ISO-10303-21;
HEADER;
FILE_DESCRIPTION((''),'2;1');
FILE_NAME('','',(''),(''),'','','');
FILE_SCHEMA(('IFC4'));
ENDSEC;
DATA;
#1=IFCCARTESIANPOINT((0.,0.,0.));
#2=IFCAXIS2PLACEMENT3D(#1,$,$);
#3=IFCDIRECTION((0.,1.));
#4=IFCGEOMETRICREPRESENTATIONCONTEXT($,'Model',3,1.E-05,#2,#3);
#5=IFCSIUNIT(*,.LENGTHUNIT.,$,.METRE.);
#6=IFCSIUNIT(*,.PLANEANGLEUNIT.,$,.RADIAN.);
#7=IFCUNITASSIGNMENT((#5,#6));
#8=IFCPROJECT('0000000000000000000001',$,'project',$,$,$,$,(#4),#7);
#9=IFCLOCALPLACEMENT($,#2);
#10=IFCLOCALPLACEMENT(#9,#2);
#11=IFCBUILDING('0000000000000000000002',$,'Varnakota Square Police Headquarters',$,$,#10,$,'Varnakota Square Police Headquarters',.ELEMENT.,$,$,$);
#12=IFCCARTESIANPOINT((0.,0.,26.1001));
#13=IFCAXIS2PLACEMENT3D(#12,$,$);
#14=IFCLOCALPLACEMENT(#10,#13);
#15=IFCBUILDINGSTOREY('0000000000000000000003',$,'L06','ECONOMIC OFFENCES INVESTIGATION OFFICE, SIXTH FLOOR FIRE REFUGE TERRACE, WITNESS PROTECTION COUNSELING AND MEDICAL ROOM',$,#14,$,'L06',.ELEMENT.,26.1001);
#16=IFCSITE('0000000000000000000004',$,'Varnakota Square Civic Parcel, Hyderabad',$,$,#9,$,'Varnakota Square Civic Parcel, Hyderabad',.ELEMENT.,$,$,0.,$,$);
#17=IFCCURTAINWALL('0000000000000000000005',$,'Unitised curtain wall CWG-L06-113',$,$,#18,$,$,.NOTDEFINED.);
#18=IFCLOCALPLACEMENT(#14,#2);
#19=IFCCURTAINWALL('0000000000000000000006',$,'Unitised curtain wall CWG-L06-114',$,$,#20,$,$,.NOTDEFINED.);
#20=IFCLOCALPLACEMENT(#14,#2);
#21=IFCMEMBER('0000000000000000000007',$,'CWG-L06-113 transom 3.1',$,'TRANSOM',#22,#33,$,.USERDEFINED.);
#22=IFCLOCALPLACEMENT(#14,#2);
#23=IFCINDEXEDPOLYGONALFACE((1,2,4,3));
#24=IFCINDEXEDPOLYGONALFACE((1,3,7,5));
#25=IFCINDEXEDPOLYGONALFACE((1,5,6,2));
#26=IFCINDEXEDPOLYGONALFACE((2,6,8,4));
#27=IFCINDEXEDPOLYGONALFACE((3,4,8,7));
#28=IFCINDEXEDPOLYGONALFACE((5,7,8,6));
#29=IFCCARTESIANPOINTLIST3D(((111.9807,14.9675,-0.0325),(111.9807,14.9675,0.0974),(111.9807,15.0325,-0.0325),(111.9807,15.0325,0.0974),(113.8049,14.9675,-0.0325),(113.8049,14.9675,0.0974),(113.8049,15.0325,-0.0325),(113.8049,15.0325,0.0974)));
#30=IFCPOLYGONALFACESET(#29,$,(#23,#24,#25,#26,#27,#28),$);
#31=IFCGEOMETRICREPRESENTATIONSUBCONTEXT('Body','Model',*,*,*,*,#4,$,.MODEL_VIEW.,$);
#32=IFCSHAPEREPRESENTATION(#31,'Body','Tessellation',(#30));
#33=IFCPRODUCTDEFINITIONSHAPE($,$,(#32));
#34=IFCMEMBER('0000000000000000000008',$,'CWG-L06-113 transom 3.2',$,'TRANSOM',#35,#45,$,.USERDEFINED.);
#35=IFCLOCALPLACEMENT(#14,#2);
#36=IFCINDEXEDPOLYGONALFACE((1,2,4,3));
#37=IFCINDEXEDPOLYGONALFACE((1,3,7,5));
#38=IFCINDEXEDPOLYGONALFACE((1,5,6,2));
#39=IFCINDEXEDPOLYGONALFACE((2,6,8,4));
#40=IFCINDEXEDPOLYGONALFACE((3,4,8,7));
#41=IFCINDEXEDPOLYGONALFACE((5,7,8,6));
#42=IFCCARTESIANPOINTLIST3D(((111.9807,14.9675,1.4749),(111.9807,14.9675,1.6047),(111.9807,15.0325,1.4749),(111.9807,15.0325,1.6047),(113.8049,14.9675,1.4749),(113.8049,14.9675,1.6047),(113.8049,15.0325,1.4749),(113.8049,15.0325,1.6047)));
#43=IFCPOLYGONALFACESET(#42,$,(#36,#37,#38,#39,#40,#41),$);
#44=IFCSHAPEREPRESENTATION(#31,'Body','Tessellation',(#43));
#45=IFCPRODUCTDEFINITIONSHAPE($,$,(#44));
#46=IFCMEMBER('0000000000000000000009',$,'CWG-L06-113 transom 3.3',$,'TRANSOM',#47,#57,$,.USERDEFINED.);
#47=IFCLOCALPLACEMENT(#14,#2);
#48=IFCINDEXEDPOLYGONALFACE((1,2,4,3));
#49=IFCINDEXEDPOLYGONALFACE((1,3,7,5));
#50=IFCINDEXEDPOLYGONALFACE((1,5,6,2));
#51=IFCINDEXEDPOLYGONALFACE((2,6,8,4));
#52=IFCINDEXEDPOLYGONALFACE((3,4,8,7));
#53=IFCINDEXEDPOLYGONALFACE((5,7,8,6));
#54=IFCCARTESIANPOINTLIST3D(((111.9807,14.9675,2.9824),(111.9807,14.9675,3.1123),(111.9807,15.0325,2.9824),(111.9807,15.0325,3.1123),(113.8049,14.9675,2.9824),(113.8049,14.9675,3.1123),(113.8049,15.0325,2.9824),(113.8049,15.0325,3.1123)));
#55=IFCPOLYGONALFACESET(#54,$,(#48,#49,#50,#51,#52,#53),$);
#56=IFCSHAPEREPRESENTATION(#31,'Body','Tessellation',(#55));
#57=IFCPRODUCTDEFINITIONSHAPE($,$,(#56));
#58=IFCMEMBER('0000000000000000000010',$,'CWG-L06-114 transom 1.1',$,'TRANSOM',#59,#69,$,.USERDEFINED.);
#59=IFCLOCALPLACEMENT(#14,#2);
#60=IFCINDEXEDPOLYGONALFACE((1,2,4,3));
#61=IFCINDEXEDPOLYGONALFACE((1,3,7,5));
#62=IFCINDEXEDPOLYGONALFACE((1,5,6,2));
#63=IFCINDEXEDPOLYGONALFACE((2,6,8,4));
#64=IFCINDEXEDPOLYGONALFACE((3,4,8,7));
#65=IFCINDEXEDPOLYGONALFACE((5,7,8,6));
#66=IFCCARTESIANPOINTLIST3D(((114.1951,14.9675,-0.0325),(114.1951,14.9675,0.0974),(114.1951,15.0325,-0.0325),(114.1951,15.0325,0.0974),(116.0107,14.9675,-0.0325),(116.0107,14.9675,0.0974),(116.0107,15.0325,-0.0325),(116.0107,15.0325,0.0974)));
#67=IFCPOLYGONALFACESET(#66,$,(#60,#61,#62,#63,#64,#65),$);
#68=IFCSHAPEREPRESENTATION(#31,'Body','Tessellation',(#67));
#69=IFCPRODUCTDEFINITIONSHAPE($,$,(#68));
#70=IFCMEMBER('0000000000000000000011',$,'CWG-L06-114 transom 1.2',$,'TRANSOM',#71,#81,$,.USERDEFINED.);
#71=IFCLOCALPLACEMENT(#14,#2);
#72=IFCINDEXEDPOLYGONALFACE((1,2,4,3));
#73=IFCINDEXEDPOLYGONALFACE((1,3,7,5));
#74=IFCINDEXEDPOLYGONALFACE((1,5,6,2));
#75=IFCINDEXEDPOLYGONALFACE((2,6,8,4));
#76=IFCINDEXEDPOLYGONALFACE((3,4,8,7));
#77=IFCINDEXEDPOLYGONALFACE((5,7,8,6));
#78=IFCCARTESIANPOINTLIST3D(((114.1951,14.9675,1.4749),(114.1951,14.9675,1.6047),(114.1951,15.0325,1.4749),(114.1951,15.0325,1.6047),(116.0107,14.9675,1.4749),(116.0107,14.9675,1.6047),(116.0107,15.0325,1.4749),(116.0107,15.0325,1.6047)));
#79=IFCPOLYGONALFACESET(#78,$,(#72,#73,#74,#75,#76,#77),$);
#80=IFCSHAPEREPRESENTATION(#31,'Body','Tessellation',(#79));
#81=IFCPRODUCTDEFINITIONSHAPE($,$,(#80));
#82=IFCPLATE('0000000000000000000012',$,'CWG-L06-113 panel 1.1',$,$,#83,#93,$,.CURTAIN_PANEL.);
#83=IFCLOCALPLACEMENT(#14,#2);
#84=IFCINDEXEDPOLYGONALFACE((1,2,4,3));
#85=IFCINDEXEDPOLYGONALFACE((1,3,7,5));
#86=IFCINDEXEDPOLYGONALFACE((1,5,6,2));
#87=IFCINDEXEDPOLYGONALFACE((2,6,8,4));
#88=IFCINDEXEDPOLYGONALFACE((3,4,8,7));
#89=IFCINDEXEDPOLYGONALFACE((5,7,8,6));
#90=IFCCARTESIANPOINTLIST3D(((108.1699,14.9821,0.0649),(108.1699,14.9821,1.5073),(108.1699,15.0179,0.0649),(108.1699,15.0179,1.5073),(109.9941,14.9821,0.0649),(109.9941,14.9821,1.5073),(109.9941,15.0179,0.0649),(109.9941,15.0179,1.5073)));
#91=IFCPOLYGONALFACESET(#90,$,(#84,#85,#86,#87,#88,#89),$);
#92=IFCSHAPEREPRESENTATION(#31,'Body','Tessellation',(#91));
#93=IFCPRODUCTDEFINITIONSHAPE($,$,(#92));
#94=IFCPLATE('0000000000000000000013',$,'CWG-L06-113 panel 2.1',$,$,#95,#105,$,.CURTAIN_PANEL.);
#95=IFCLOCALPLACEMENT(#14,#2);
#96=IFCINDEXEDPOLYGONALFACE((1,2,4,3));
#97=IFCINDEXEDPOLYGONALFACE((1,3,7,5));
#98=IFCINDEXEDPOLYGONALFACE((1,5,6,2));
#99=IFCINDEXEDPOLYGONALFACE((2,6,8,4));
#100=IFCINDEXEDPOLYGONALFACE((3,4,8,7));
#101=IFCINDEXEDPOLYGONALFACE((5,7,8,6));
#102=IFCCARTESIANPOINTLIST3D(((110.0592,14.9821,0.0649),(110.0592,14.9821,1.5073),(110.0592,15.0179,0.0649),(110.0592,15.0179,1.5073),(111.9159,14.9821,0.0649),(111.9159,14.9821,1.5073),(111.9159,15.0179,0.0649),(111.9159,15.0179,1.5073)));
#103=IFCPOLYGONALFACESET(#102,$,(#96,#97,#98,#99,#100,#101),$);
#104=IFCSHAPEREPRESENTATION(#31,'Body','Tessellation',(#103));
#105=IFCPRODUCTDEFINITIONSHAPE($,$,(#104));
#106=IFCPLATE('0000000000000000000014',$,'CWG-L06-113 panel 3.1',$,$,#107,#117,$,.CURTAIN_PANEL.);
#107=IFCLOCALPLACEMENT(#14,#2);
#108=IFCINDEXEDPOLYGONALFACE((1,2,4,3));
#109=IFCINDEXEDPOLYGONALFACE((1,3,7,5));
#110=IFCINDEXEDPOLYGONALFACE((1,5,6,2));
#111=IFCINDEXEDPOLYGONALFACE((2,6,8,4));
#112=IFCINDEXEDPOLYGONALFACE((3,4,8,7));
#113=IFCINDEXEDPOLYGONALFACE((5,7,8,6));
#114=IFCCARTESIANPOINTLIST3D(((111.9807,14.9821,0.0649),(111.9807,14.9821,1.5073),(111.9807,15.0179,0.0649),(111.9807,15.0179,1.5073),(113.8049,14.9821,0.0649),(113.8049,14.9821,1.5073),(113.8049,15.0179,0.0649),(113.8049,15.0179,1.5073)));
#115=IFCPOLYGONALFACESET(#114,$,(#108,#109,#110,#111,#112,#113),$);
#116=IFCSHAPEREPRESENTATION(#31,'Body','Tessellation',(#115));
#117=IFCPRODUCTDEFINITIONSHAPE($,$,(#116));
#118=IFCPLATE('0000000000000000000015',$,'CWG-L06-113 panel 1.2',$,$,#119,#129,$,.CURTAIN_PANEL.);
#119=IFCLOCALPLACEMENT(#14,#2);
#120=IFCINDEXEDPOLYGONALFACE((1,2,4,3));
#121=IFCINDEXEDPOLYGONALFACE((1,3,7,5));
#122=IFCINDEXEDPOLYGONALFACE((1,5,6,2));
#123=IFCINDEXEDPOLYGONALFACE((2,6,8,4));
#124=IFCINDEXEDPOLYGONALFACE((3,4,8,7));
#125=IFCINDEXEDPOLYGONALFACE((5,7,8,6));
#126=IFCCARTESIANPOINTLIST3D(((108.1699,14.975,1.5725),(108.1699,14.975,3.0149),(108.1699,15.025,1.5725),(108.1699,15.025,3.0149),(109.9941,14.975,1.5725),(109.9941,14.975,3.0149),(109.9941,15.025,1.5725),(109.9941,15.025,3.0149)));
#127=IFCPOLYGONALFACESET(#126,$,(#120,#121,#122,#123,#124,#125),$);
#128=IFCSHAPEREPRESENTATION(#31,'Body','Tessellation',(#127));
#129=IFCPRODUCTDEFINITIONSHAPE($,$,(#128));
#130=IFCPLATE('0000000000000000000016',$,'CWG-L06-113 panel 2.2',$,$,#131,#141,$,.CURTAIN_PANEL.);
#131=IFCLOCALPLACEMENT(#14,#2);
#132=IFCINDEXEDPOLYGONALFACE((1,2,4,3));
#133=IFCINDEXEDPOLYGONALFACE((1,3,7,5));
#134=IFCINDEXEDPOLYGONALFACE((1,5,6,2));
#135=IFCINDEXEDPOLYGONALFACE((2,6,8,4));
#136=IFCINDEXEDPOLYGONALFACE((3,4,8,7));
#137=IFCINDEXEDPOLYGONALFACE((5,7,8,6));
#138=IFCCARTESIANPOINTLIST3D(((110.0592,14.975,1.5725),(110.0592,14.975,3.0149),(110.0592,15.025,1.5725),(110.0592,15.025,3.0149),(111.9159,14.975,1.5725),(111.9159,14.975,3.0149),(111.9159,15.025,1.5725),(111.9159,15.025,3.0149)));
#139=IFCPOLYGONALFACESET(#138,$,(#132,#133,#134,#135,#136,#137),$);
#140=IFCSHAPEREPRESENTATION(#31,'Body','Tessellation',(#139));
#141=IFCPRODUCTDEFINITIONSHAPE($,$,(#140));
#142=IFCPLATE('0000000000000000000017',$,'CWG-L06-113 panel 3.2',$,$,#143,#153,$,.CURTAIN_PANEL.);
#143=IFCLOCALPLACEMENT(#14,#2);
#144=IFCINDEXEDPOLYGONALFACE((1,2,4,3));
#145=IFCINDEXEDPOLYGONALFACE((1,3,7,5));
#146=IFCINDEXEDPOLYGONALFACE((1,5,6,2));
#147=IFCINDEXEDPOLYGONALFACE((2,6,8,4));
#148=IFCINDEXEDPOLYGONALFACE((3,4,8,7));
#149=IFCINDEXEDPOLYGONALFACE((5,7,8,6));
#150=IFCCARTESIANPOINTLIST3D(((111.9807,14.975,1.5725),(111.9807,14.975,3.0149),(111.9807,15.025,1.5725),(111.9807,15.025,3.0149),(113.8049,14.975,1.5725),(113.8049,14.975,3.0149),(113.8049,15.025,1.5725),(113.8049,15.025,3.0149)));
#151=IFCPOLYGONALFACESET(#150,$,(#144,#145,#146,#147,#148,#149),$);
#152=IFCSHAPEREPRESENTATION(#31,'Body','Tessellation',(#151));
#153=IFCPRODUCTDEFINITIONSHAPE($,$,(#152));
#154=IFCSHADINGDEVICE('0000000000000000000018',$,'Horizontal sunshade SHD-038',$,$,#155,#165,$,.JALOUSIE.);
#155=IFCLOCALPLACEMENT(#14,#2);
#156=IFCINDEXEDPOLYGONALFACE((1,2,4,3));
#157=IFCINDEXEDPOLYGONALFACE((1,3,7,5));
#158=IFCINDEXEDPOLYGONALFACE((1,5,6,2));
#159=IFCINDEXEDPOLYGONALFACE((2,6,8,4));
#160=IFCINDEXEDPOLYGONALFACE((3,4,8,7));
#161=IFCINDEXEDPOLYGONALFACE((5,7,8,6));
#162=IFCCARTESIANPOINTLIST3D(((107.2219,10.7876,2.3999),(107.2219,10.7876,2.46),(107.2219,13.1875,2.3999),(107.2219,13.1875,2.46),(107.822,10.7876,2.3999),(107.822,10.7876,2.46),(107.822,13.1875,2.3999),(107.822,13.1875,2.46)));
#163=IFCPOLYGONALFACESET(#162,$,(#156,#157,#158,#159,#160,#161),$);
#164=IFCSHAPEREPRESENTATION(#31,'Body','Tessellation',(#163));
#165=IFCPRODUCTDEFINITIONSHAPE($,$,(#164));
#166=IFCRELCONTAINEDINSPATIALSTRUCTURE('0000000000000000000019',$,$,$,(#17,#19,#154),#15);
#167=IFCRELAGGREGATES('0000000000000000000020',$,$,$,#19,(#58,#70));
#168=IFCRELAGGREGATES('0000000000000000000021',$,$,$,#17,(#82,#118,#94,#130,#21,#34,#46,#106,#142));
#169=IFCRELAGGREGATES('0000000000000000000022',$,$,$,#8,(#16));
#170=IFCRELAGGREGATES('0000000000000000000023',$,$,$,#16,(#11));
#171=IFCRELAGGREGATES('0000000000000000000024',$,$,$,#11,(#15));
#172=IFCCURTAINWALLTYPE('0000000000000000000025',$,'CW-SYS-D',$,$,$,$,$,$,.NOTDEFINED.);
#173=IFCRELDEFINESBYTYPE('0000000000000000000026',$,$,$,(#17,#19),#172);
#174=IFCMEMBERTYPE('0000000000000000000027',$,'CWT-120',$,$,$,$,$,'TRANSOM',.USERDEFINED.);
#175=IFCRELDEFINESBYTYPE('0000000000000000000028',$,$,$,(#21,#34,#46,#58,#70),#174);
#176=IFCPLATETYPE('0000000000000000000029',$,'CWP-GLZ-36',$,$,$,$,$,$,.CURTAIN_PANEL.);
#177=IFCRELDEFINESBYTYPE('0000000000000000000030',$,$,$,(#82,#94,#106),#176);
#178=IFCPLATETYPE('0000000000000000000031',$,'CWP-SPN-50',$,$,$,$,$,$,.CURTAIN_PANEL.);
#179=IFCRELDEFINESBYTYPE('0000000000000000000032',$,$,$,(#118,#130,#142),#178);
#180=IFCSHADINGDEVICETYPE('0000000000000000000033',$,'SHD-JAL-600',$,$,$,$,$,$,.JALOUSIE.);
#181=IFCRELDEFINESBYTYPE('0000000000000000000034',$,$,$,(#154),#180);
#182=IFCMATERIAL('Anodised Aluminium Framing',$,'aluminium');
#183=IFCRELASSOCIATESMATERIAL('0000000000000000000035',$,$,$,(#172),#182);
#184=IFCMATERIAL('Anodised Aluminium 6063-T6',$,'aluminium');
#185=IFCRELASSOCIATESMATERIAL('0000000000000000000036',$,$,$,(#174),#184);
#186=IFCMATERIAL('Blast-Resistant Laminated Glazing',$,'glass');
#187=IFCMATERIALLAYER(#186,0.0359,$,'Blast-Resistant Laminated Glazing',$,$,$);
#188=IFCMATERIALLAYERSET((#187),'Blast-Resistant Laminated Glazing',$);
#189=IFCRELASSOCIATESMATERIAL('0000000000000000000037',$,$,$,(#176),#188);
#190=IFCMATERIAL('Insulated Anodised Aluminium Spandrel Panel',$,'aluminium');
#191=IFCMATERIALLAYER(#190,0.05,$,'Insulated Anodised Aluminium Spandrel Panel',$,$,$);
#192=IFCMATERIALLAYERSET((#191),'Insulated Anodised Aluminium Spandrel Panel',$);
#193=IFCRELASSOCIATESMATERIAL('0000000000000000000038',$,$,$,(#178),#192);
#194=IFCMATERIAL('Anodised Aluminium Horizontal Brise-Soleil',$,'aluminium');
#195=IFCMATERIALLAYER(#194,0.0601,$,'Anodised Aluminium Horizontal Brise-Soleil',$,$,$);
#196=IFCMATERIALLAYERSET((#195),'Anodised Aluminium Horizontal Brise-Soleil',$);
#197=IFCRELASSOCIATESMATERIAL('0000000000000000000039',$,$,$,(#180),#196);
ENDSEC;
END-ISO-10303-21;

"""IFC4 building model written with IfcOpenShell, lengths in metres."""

from ifc_helpers import new_model, si_unit, direction, frame, origin, origin_2d, place, context, subcontext, project, spatial, rectangle, extrude, material, layer, layer_set, material_profile, profile_set, type_object, element, aggregate, save


model = new_model("IFC4")

# Units and contexts
model_context = context("Model", 3, precision=1e-05, world=origin(), true_north=direction((0.0, 1.0)))
body_context = subcontext(model_context, "Body", "Model", "MODEL_VIEW")
ifc_project = project(units=[si_unit("LENGTHUNIT", "METRE"), si_unit("PLANEANGLEUNIT", "RADIAN")], contexts=[model_context])

# Site, building, storey
site_placement = place(None, origin())
site = spatial("IfcSite", under=ifc_project, at=site_placement, Name="Varnakota Square Civic Parcel, Hyderabad", LongName="Varnakota Square Civic Parcel, Hyderabad", CompositionType="ELEMENT", RefElevation=0.0)
building_placement = place(site_placement, origin())
building = spatial("IfcBuilding", under=site, at=building_placement, Name="Varnakota Square Police Headquarters", LongName="Varnakota Square Police Headquarters", CompositionType="ELEMENT")
storey_placement = place(building_placement, frame((0.0, 0.0, 26.1001)))
storey = spatial("IfcBuildingStorey", under=building, at=storey_placement, Name="L06", Description="ECONOMIC OFFENCES INVESTIGATION OFFICE, SIXTH FLOOR FIRE REFUGE TERRACE, WITNESS PROTECTION COUNSELING AND MEDICAL ROOM", LongName="L06", CompositionType="ELEMENT", Elevation=26.1001)

# Curtain wall
ifc_material_1 = material(Name="Anodised Aluminium Framing", Category="aluminium")
curtain_wall_type = type_object("IfcCurtainWallType", Name="CW-SYS-D", PredefinedType="NOTDEFINED", material=ifc_material_1)
curtain_wall_1_placement = place(storey_placement, origin())
curtain_wall_1 = element("IfcCurtainWall", 1, at=curtain_wall_1_placement, inside=storey, type_object=curtain_wall_type, Name="Unitised curtain wall CWG-L06-113", PredefinedType="NOTDEFINED")
ifc_material_2 = material(Name="Anodised Aluminium 6063-T6", Category="aluminium")

# Curtain wall
curtain_wall_2_placement = place(storey_placement, origin())
curtain_wall_2 = element("IfcCurtainWall", 2, at=curtain_wall_2_placement, inside=storey, type_object=curtain_wall_type, Name="Unitised curtain wall CWG-L06-114", PredefinedType="NOTDEFINED")

# Members
ifc_material_profile_1 = material_profile(ifc_material_2, rectangle(XDim=0.0649, YDim=0.1299, at=origin_2d()), Name="ALU TRANSOM 65x130")
ifc_profile_set_1 = profile_set([ifc_material_profile_1], Name="Anodised Aluminium 6063-T6")
member_type_1 = type_object("IfcMemberType", Name="CWT-120", ElementType="TRANSOM", PredefinedType="USERDEFINED", material=ifc_profile_set_1)
member_1_placement = place(storey_placement, frame((111.9807, 15.0, 0.0325), z_axis=(1.0, 0.0, 0.0), x_axis=(0.0, 1.0, 0.0)))
member_1 = element("IfcMember", 3, at=member_1_placement, type_object=member_type_1, Name="CWG-L06-113 transom 3.1", ObjectType="TRANSOM", PredefinedType="USERDEFINED", context=body_context, shape_type="SweptSolid", body=[
    extrude(rectangle(XDim=0.0649, YDim=0.1299, at=origin_2d()), origin(), (0.0, 0.0, 1.0), 1.8242),
])
member_2_placement = place(storey_placement, frame((111.9807, 15.0, 1.5398), z_axis=(1.0, 0.0, 0.0), x_axis=(0.0, 1.0, 0.0)))
member_2 = element("IfcMember", 4, at=member_2_placement, type_object=member_type_1, Name="CWG-L06-113 transom 3.2", ObjectType="TRANSOM", PredefinedType="USERDEFINED", context=body_context, shape_type="SweptSolid", body=[
    extrude(rectangle(XDim=0.0649, YDim=0.1299, at=origin_2d()), origin(), (0.0, 0.0, 1.0), 1.8242),
])
member_3_placement = place(storey_placement, frame((111.9807, 15.0, 3.0474), z_axis=(1.0, 0.0, 0.0), x_axis=(0.0, 1.0, 0.0)))
member_3 = element("IfcMember", 5, at=member_3_placement, type_object=member_type_1, Name="CWG-L06-113 transom 3.3", ObjectType="TRANSOM", PredefinedType="USERDEFINED", context=body_context, shape_type="SweptSolid", body=[
    extrude(rectangle(XDim=0.0649, YDim=0.1299, at=origin_2d()), origin(), (0.0, 0.0, 1.0), 1.8242),
])
member_4_placement = place(storey_placement, frame((114.1951, 15.0, 0.0325), z_axis=(1.0, 0.0, 0.0), x_axis=(0.0, 1.0, 0.0)))
member_4 = element("IfcMember", 6, at=member_4_placement, type_object=member_type_1, Name="CWG-L06-114 transom 1.1", ObjectType="TRANSOM", PredefinedType="USERDEFINED", context=body_context, shape_type="SweptSolid", body=[
    extrude(rectangle(XDim=0.0649, YDim=0.1299, at=origin_2d()), origin(), (0.0, 0.0, 1.0), 1.8157),
])
member_5_placement = place(storey_placement, frame((114.1951, 15.0, 1.5398), z_axis=(1.0, 0.0, 0.0), x_axis=(0.0, 1.0, 0.0)))
member_5 = element("IfcMember", 7, at=member_5_placement, type_object=member_type_1, Name="CWG-L06-114 transom 1.2", ObjectType="TRANSOM", PredefinedType="USERDEFINED", context=body_context, shape_type="SweptSolid", body=[
    extrude(rectangle(XDim=0.0649, YDim=0.1299, at=origin_2d()), origin(), (0.0, 0.0, 1.0), 1.8157),
])
aggregate(curtain_wall_2, [member_4, member_5])

# Plates
ifc_material_3 = material(Name="Blast-Resistant Laminated Glazing", Category="glass")
ifc_layer_1 = layer(ifc_material_3, 0.0359, Name="Blast-Resistant Laminated Glazing")
ifc_layer_set_1 = layer_set([ifc_layer_1], Name="Blast-Resistant Laminated Glazing")
plate_type_1 = type_object("IfcPlateType", Name="CWP-GLZ-36", PredefinedType="CURTAIN_PANEL", material=ifc_layer_set_1)
plate_1_placement = place(storey_placement, frame((109.082, 15.0, 0.0649), z_axis=(0.0, 0.0, 1.0), x_axis=(1.0, 0.0, 0.0)))
plate_1 = element("IfcPlate", 8, at=plate_1_placement, type_object=plate_type_1, Name="CWG-L06-113 panel 1.1", PredefinedType="CURTAIN_PANEL", context=body_context, shape_type="SweptSolid", body=[
    extrude(rectangle(XDim=1.8242, YDim=0.0359, at=origin_2d()), origin(), (0.0, 0.0, 1.0), 1.4424),
])
plate_2_placement = place(storey_placement, frame((110.9875, 15.0, 0.0649), z_axis=(0.0, 0.0, 1.0), x_axis=(1.0, 0.0, 0.0)))
plate_2 = element("IfcPlate", 9, at=plate_2_placement, type_object=plate_type_1, Name="CWG-L06-113 panel 2.1", PredefinedType="CURTAIN_PANEL", context=body_context, shape_type="SweptSolid", body=[
    extrude(rectangle(XDim=1.8567, YDim=0.0359, at=origin_2d()), origin(), (0.0, 0.0, 1.0), 1.4424),
])
plate_3_placement = place(storey_placement, frame((112.8928, 15.0, 0.0649), z_axis=(0.0, 0.0, 1.0), x_axis=(1.0, 0.0, 0.0)))
plate_3 = element("IfcPlate", 10, at=plate_3_placement, type_object=plate_type_1, Name="CWG-L06-113 panel 3.1", PredefinedType="CURTAIN_PANEL", context=body_context, shape_type="SweptSolid", body=[
    extrude(rectangle(XDim=1.8242, YDim=0.0359, at=origin_2d()), origin(), (0.0, 0.0, 1.0), 1.4424),
])
ifc_material_4 = material(Name="Insulated Anodised Aluminium Spandrel Panel", Category="aluminium")
ifc_layer_2 = layer(ifc_material_4, 0.05, Name="Insulated Anodised Aluminium Spandrel Panel")
ifc_layer_set_2 = layer_set([ifc_layer_2], Name="Insulated Anodised Aluminium Spandrel Panel")
plate_type_2 = type_object("IfcPlateType", Name="CWP-SPN-50", PredefinedType="CURTAIN_PANEL", material=ifc_layer_set_2)
plate_4_placement = place(storey_placement, frame((109.082, 15.0, 1.5725), z_axis=(0.0, 0.0, 1.0), x_axis=(1.0, 0.0, 0.0)))
plate_4 = element("IfcPlate", 11, at=plate_4_placement, type_object=plate_type_2, Name="CWG-L06-113 panel 1.2", PredefinedType="CURTAIN_PANEL", context=body_context, shape_type="SweptSolid", body=[
    extrude(rectangle(XDim=1.8242, YDim=0.05, at=origin_2d()), origin(), (0.0, 0.0, 1.0), 1.4424),
])
plate_5_placement = place(storey_placement, frame((110.9875, 15.0, 1.5725), z_axis=(0.0, 0.0, 1.0), x_axis=(1.0, 0.0, 0.0)))
plate_5 = element("IfcPlate", 12, at=plate_5_placement, type_object=plate_type_2, Name="CWG-L06-113 panel 2.2", PredefinedType="CURTAIN_PANEL", context=body_context, shape_type="SweptSolid", body=[
    extrude(rectangle(XDim=1.8567, YDim=0.05, at=origin_2d()), origin(), (0.0, 0.0, 1.0), 1.4424),
])
plate_6_placement = place(storey_placement, frame((112.8928, 15.0, 1.5725), z_axis=(0.0, 0.0, 1.0), x_axis=(1.0, 0.0, 0.0)))
plate_6 = element("IfcPlate", 13, at=plate_6_placement, type_object=plate_type_2, Name="CWG-L06-113 panel 3.2", PredefinedType="CURTAIN_PANEL", context=body_context, shape_type="SweptSolid", body=[
    extrude(rectangle(XDim=1.8242, YDim=0.05, at=origin_2d()), origin(), (0.0, 0.0, 1.0), 1.4424),
])
aggregate(curtain_wall_1, [plate_1, plate_4, plate_2, plate_5, member_1, member_2, member_3, plate_3, plate_6])

# Shading device
ifc_material_5 = material(Name="Anodised Aluminium Horizontal Brise-Soleil", Category="aluminium")
ifc_layer_3 = layer(ifc_material_5, 0.0601, Name="Anodised Aluminium Horizontal Brise-Soleil")
ifc_layer_set_3 = layer_set([ifc_layer_3], Name="Anodised Aluminium Horizontal Brise-Soleil")
shading_device_type = type_object("IfcShadingDeviceType", Name="SHD-JAL-600", PredefinedType="JALOUSIE", material=ifc_layer_set_3)
shading_device_placement = place(storey_placement, frame((107.522, 11.9875, 2.3999), z_axis=(0.0, 0.0, 1.0), x_axis=(0.0, 1.0, 0.0)))
element("IfcShadingDevice", 14, at=shading_device_placement, inside=storey, type_object=shading_device_type, Name="Horizontal sunshade SHD-038", PredefinedType="JALOUSIE", context=body_context, shape_type="SweptSolid", body=[
    extrude(rectangle(XDim=2.3999, YDim=0.6001, at=origin_2d()), origin(), (0.0, 0.0, 1.0), 0.0601),
])

save(model, "model.ifc")
